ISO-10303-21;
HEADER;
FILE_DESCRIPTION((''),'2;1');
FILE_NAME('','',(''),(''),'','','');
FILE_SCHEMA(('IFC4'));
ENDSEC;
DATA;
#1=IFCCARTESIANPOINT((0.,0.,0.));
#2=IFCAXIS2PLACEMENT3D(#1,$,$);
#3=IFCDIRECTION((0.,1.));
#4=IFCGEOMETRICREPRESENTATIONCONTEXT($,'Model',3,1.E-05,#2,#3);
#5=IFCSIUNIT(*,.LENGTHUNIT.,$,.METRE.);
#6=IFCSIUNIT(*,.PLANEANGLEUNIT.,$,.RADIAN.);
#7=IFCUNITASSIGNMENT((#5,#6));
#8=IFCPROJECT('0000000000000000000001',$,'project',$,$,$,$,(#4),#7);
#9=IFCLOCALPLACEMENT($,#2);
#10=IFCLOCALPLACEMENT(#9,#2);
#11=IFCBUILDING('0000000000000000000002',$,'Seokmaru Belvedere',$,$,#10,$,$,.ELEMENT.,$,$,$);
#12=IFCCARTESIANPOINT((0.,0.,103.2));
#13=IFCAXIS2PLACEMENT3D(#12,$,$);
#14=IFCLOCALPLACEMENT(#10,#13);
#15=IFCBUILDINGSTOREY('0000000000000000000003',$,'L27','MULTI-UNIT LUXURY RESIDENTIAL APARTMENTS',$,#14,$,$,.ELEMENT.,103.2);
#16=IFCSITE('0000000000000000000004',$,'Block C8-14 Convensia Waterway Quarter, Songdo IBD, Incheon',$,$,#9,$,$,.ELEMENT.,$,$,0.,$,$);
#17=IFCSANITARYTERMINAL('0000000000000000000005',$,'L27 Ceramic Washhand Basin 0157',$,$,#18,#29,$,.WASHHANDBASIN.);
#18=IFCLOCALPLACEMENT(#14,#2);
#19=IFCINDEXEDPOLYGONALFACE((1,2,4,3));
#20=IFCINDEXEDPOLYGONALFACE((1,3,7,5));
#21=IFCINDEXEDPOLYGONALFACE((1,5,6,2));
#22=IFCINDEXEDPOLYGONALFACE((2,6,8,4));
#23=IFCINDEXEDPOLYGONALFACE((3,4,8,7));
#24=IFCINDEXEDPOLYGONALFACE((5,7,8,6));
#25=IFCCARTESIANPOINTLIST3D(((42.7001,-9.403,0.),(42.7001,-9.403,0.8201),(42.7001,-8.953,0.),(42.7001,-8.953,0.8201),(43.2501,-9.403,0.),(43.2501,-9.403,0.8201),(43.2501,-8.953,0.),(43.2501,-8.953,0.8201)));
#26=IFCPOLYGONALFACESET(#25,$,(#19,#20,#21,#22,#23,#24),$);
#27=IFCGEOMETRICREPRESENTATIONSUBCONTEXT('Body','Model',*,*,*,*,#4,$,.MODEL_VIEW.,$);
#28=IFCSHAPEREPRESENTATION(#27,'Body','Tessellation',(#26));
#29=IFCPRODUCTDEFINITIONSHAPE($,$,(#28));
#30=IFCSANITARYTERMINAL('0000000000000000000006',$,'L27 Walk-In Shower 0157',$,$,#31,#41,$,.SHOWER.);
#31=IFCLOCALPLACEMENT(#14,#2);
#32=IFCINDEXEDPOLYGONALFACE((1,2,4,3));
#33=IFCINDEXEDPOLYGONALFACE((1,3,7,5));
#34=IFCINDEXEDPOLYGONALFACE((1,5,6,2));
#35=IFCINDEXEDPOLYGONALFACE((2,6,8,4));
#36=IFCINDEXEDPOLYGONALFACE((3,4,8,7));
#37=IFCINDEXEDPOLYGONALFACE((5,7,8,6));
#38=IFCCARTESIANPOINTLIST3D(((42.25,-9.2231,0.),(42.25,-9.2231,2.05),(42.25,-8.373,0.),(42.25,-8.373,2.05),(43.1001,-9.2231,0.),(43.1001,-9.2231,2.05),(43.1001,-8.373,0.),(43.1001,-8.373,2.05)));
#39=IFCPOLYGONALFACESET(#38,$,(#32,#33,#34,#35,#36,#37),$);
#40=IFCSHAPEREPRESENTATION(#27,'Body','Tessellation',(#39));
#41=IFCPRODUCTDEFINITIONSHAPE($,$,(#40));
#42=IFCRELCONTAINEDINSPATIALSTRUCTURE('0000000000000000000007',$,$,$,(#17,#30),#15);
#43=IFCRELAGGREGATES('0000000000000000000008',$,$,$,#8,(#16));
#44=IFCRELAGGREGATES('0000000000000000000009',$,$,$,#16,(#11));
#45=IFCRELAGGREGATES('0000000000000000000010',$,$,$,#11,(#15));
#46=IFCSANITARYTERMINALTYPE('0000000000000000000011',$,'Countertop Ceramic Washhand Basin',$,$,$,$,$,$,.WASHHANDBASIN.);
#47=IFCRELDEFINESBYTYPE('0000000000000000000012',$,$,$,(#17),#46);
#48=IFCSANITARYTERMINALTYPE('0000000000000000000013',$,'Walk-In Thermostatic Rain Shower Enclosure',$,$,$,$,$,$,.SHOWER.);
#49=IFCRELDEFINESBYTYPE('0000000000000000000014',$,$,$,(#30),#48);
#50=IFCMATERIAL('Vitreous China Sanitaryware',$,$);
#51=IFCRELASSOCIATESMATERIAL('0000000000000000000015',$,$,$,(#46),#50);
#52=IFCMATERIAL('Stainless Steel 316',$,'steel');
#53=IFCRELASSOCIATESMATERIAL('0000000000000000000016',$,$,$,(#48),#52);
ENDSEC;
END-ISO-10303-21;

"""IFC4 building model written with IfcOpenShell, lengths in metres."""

from ifc_helpers import new_model, si_unit, direction, frame, origin, origin_2d, place, context, subcontext, project, spatial, rectangle, extrude, source, transform, mapped, material, type_object, type_shapes, element, save


model = new_model("IFC4")

# Units and contexts
model_context = context("Model", 3, precision=1e-05, world=origin(), true_north=direction((0.0, 1.0)))
body_context = subcontext(model_context, "Body", "Model", "MODEL_VIEW")
ifc_project = project(units=[si_unit("LENGTHUNIT", "METRE"), si_unit("PLANEANGLEUNIT", "RADIAN")], contexts=[model_context])

# Site, building, storey
site_placement = place(None, origin())
site = spatial("IfcSite", under=ifc_project, at=site_placement, Name="Block C8-14 Convensia Waterway Quarter, Songdo IBD, Incheon", CompositionType="ELEMENT", RefElevation=0.0)
building_placement = place(site_placement, origin())
building = spatial("IfcBuilding", under=site, at=building_placement, Name="Seokmaru Belvedere", CompositionType="ELEMENT")
storey_placement = place(building_placement, frame((0.0, 0.0, 103.2)))
storey = spatial("IfcBuildingStorey", under=building, at=storey_placement, Name="L27", Description="MULTI-UNIT LUXURY RESIDENTIAL APARTMENTS", CompositionType="ELEMENT", Elevation=103.2)

# Sanitary terminals
ifc_material_1 = material(Name="Vitreous China Sanitaryware")
sanitary_terminal_type_1 = type_object("IfcSanitaryTerminalType", Name="Countertop Ceramic Washhand Basin", PredefinedType="WASHHANDBASIN", material=ifc_material_1)
shared_shape_1 = source(origin(), body_context, "Body", "SweptSolid", [
    extrude(rectangle(XDim=0.55, YDim=0.45, at=origin_2d()), origin(), (0.0, 0.0, 1.0), 0.8201),
])
type_shapes(sanitary_terminal_type_1, [shared_shape_1])
sanitary_terminal_1_placement = place(storey_placement, frame((42.9751, -9.178, 0.0), z_axis=(0.0, 0.0, 1.0), x_axis=(1.0, 0.0, 0.0)))
element("IfcSanitaryTerminal", 1, at=sanitary_terminal_1_placement, inside=storey, type_object=sanitary_terminal_type_1, Name="L27 Ceramic Washhand Basin 0157", PredefinedType="WASHHANDBASIN", context=body_context, shape_type="MappedRepresentation", body=[
    mapped(shared_shape_1, transform((0.0, 0.0, 0.0), scale=1.0)),
])
ifc_material_2 = material(Name="Stainless Steel 316", Category="steel")
sanitary_terminal_type_2 = type_object("IfcSanitaryTerminalType", Name="Walk-In Thermostatic Rain Shower Enclosure", PredefinedType="SHOWER", material=ifc_material_2)
shared_shape_2 = source(origin(), body_context, "Body", "SweptSolid", [
    extrude(rectangle(XDim=0.8501, YDim=0.8501, at=origin_2d()), origin(), (0.0, 0.0, 1.0), 2.05),
])
type_shapes(sanitary_terminal_type_2, [shared_shape_2])
sanitary_terminal_2_placement = place(storey_placement, frame((42.675, -8.7981, 0.0), z_axis=(0.0, 0.0, 1.0), x_axis=(1.0, 0.0, 0.0)))
element("IfcSanitaryTerminal", 2, at=sanitary_terminal_2_placement, inside=storey, type_object=sanitary_terminal_type_2, Name="L27 Walk-In Shower 0157", PredefinedType="SHOWER", context=body_context, shape_type="MappedRepresentation", body=[
    mapped(shared_shape_2, transform((0.0, 0.0, 0.0), scale=1.0)),
])

save(model, "model.ifc")
